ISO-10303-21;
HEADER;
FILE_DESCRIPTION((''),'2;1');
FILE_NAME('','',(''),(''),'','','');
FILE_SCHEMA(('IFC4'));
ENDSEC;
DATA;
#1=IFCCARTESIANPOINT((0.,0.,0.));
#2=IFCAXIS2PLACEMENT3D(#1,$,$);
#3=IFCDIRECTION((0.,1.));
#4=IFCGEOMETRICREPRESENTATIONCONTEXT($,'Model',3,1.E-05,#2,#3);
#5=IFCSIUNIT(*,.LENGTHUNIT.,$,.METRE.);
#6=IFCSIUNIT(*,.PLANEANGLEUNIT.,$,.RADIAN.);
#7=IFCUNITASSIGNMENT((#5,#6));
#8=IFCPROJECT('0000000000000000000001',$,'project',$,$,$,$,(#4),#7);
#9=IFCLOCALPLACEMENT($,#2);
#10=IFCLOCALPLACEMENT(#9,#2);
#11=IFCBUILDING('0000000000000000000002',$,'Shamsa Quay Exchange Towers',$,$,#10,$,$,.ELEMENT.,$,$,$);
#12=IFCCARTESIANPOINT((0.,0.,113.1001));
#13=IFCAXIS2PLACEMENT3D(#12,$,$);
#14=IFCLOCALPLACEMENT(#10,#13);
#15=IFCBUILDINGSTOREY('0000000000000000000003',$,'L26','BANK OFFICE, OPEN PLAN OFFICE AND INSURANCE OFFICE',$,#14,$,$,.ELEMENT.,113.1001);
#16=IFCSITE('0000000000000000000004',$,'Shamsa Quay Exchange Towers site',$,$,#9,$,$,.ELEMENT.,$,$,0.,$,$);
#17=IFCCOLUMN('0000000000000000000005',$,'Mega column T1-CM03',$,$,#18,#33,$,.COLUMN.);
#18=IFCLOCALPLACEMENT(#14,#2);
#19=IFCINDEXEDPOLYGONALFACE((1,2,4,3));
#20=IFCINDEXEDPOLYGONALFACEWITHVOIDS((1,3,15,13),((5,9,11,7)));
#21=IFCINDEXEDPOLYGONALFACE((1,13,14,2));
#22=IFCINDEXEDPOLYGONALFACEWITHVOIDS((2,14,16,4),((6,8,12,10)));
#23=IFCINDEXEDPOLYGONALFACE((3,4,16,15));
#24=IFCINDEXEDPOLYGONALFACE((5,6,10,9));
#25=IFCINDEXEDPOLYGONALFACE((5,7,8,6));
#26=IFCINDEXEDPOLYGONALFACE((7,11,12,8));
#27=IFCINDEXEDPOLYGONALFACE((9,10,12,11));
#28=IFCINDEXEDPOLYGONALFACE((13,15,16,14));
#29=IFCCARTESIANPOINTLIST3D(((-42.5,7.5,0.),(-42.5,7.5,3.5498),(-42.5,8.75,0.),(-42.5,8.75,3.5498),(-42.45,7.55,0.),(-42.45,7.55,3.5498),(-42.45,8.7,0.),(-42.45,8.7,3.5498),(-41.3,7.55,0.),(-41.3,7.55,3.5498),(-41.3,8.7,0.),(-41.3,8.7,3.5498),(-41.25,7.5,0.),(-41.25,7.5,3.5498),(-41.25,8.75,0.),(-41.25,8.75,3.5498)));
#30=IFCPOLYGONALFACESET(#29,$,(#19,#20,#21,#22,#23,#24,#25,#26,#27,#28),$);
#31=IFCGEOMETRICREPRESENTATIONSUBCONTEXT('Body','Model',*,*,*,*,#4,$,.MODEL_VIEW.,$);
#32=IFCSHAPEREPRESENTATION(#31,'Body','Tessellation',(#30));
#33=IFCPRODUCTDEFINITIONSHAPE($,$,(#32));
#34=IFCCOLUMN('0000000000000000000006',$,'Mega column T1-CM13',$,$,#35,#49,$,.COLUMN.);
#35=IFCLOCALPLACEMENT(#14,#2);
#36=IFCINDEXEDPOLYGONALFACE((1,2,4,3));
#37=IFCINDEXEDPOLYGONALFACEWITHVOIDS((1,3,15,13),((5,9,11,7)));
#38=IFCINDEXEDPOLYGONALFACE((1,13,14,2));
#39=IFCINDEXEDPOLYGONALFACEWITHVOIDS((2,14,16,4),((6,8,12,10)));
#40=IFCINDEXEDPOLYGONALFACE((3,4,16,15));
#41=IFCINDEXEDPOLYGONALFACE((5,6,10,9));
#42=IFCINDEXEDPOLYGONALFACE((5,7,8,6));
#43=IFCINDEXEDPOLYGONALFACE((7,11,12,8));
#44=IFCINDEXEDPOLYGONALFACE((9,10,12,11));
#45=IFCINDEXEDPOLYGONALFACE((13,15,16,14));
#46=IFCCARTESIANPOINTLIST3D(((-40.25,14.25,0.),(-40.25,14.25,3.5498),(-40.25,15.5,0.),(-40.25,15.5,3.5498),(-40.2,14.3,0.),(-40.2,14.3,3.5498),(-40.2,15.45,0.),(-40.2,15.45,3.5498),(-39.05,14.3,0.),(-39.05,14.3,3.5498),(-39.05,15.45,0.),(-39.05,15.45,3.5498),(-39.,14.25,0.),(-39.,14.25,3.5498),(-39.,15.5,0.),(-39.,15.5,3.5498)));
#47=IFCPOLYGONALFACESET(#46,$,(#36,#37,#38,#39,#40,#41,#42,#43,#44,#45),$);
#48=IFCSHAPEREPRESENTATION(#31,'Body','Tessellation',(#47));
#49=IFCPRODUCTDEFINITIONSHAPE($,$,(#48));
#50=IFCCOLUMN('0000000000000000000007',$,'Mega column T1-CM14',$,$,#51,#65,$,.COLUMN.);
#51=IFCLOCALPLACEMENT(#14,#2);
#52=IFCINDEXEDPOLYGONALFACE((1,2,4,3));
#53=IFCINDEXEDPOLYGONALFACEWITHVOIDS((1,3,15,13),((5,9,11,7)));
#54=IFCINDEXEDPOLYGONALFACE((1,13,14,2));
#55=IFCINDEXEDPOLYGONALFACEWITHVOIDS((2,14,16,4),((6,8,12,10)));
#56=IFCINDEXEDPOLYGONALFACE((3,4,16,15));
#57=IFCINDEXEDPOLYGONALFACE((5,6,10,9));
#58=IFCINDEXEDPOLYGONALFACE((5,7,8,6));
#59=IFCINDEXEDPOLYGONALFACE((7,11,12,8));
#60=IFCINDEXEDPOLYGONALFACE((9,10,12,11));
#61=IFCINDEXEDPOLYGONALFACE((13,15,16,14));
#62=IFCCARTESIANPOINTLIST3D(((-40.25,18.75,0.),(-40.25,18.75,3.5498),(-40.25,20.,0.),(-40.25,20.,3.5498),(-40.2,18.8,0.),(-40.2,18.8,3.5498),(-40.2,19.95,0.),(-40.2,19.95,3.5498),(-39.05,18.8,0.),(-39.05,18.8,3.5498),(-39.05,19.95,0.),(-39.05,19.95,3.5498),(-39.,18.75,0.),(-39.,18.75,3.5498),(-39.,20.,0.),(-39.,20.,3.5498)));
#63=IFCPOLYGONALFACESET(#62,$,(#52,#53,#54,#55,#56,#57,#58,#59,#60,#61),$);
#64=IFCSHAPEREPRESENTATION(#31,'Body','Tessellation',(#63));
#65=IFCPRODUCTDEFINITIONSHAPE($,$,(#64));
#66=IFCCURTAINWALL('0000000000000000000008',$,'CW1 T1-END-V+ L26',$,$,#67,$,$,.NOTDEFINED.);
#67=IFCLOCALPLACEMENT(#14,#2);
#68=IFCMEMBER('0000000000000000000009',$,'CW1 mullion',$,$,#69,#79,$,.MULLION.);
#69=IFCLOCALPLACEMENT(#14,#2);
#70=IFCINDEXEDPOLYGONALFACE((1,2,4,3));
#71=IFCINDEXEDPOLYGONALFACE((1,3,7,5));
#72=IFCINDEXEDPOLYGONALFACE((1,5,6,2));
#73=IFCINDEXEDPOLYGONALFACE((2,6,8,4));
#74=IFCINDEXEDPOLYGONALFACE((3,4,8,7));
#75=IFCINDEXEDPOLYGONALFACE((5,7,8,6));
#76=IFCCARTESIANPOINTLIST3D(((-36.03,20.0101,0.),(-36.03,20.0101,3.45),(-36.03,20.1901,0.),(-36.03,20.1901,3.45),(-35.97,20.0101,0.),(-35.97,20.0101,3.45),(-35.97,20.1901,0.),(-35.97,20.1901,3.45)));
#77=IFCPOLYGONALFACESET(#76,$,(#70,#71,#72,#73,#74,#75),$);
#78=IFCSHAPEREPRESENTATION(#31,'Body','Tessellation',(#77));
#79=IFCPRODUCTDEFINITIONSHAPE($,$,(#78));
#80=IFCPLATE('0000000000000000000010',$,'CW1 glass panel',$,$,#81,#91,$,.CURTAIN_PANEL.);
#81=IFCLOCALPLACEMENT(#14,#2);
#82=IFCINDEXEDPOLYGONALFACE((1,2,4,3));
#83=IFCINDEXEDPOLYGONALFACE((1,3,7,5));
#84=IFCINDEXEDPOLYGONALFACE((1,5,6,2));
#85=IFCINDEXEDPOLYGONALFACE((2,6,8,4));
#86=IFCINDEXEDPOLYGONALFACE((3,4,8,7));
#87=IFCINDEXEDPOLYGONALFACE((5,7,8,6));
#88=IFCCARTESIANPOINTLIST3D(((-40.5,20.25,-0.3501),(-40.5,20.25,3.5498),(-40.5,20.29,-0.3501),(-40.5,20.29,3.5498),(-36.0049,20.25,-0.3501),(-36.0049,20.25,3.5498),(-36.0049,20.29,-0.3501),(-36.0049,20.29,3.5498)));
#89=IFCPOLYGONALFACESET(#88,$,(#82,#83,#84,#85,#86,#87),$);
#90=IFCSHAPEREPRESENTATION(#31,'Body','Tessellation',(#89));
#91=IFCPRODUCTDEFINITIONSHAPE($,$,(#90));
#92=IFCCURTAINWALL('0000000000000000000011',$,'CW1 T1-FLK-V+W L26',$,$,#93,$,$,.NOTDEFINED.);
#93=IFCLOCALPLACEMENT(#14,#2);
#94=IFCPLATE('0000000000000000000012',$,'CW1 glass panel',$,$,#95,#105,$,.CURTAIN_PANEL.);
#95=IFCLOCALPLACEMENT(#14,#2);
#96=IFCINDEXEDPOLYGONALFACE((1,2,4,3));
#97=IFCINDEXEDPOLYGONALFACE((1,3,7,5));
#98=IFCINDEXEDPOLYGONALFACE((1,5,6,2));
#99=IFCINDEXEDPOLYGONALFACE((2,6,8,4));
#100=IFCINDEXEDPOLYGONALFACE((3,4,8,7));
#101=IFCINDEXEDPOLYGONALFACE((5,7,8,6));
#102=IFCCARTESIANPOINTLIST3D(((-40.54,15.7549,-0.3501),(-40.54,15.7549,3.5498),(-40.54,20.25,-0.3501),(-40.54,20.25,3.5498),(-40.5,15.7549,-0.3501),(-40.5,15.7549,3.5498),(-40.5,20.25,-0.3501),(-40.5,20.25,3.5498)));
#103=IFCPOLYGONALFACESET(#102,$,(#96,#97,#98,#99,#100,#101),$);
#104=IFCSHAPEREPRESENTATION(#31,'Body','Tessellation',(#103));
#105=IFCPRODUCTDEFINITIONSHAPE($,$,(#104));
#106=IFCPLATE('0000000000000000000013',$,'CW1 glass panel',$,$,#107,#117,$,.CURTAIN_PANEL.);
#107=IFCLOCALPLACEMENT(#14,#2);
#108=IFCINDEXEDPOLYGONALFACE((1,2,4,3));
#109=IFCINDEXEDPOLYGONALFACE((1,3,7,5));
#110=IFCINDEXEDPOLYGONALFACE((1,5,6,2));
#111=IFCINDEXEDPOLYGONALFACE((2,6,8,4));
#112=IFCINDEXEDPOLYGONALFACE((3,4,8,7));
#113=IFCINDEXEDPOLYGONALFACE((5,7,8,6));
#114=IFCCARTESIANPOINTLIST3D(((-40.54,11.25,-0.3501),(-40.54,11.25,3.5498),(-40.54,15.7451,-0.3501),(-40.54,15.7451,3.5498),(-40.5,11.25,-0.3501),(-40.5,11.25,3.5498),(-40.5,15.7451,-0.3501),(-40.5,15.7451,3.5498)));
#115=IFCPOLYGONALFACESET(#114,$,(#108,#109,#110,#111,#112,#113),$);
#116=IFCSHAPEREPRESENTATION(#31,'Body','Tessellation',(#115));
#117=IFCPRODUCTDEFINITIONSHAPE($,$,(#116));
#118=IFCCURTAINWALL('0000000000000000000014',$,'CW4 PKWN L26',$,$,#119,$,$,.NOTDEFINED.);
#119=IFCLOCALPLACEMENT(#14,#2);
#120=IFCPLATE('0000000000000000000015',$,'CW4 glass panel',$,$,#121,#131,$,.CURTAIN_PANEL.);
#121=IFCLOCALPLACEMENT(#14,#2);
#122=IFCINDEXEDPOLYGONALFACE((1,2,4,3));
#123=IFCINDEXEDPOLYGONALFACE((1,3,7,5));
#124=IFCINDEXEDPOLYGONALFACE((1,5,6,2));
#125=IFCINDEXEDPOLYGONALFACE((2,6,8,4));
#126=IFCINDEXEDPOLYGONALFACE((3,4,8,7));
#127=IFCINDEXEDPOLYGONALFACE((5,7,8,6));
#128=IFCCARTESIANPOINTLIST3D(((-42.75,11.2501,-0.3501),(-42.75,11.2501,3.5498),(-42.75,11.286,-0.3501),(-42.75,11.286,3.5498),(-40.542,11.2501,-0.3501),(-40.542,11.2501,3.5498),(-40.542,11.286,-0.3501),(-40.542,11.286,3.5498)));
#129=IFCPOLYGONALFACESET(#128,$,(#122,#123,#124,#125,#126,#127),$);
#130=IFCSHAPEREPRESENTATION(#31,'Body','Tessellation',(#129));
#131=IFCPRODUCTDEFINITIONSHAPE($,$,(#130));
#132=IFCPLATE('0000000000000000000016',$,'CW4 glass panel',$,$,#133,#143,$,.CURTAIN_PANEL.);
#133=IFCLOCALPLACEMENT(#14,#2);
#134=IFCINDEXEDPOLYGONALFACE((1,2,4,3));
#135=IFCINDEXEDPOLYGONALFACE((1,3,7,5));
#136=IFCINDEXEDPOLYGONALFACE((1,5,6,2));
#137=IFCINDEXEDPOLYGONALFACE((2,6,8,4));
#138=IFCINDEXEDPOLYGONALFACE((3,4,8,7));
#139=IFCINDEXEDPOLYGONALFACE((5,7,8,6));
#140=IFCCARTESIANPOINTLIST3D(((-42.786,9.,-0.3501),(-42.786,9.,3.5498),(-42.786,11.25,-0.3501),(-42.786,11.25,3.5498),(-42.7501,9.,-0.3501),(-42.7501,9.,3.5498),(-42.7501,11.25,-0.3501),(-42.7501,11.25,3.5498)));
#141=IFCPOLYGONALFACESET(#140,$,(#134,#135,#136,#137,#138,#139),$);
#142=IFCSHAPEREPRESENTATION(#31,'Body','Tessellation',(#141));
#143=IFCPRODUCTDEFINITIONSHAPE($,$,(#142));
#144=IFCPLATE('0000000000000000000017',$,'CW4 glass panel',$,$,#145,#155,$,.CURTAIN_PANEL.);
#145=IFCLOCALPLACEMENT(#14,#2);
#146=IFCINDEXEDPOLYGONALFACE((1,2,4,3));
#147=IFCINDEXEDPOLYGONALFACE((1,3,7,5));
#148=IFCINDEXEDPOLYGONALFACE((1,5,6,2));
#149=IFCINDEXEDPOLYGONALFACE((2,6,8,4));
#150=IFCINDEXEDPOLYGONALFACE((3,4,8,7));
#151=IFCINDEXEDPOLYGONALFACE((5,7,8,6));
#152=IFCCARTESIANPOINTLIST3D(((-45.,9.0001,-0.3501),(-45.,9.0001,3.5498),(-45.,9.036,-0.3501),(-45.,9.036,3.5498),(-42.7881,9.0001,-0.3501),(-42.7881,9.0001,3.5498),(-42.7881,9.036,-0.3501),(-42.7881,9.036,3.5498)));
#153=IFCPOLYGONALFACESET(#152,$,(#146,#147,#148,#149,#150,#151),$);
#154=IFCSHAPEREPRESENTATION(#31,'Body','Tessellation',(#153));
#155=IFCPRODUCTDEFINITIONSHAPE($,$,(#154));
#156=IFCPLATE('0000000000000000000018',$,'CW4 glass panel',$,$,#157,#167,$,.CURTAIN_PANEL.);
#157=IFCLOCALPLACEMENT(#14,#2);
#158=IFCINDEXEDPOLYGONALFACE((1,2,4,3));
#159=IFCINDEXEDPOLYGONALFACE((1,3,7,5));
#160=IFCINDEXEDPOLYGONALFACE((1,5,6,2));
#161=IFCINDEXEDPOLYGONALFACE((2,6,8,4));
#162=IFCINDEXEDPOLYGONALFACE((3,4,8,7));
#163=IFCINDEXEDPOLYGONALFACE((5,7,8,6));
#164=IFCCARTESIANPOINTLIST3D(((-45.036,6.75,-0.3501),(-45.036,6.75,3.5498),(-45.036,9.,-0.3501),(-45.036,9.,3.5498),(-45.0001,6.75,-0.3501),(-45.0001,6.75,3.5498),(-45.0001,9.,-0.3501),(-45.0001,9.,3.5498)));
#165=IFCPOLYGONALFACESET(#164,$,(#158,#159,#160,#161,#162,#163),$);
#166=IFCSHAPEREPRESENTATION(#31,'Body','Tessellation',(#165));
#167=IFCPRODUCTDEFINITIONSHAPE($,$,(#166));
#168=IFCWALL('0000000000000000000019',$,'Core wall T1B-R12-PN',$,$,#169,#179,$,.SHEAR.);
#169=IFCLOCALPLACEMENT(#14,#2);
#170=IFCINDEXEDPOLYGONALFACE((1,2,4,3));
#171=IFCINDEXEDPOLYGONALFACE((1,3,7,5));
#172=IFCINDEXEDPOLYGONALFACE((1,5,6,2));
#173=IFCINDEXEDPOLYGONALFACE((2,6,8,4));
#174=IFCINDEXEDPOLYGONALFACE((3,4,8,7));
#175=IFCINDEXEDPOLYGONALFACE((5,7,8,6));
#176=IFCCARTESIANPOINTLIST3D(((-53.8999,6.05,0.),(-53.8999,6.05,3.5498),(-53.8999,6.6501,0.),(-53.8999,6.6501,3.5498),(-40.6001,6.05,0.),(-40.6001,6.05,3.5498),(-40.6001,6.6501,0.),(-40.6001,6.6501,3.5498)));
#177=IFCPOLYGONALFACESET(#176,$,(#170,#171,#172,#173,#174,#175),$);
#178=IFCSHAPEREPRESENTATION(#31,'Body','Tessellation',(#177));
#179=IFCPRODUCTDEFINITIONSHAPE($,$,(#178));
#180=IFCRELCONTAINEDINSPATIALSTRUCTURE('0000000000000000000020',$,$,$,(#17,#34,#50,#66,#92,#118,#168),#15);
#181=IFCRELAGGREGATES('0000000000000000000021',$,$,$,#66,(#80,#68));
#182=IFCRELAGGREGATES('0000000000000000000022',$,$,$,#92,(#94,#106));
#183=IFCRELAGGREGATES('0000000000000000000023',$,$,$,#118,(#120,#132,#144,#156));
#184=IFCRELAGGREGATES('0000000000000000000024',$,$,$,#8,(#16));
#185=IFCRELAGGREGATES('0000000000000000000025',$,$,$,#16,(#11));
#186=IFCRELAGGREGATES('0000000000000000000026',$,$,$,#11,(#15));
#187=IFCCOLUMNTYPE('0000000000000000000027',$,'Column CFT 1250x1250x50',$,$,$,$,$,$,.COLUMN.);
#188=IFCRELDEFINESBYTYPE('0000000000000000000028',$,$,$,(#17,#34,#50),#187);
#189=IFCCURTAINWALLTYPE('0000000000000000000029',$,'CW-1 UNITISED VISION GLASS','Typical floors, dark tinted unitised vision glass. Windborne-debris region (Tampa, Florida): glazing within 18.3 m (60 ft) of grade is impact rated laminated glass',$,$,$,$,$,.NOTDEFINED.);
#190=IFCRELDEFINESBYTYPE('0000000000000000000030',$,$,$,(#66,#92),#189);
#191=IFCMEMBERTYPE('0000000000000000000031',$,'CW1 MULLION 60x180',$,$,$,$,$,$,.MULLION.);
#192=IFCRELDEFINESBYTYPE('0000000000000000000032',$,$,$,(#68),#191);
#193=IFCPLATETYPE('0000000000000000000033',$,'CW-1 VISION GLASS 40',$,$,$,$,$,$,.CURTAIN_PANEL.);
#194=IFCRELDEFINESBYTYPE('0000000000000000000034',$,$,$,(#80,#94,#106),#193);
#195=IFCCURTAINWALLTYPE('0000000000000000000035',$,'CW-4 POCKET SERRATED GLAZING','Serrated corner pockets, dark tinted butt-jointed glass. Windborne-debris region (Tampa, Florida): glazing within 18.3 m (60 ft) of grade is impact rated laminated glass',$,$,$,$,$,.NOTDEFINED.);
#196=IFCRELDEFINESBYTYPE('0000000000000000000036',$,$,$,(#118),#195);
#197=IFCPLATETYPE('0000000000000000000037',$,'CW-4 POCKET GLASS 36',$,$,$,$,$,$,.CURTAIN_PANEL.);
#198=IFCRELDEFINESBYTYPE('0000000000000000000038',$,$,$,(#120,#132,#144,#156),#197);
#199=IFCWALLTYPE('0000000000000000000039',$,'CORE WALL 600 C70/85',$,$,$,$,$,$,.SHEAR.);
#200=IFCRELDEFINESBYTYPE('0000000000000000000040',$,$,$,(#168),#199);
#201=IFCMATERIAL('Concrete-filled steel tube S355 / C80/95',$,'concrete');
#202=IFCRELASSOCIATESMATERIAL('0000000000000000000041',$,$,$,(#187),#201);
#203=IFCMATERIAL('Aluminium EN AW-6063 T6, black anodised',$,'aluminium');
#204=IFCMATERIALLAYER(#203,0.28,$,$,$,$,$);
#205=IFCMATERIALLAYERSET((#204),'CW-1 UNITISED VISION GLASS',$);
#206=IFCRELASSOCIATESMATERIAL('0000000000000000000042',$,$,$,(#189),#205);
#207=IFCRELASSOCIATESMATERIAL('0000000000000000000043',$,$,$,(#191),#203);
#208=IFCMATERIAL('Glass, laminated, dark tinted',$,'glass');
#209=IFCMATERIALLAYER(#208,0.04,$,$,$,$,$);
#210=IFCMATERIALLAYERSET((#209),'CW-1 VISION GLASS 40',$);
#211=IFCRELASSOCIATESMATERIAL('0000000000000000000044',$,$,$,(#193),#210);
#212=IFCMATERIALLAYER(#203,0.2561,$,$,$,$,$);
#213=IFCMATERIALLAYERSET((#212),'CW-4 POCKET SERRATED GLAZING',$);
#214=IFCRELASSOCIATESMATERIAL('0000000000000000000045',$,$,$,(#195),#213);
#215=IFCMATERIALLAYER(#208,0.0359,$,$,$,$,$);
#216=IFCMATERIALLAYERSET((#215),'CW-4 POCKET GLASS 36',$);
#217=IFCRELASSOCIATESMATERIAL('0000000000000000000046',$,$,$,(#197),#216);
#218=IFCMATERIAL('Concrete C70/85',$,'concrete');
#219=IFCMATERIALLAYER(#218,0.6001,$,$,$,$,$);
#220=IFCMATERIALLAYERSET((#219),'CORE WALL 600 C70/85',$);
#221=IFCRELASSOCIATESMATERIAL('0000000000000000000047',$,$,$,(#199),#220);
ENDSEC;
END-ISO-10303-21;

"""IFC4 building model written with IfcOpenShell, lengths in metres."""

from ifc_helpers import new_model, si_unit, direction, frame, frame_2d, origin, origin_2d, place, context, subcontext, project, spatial, rectangle, hollow_rectangle, extrude, material, layer, layer_set, material_profile, profile_set, type_object, element, aggregate, save


model = new_model("IFC4")

# Units and contexts
model_context = context("Model", 3, precision=1e-05, world=origin(), true_north=direction((0.0, 1.0)))
body_context = subcontext(model_context, "Body", "Model", "MODEL_VIEW")
ifc_project = project(units=[si_unit("LENGTHUNIT", "METRE"), si_unit("PLANEANGLEUNIT", "RADIAN")], contexts=[model_context])

# Site, building, storey
site_placement = place(None, origin())
site = spatial("IfcSite", under=ifc_project, at=site_placement, Name="Shamsa Quay Exchange Towers site", CompositionType="ELEMENT", RefElevation=0.0)
building_placement = place(site_placement, origin())
building = spatial("IfcBuilding", under=site, at=building_placement, Name="Shamsa Quay Exchange Towers", CompositionType="ELEMENT")
storey_placement = place(building_placement, frame((0.0, 0.0, 113.1001)))
storey = spatial("IfcBuildingStorey", under=building, at=storey_placement, Name="L26", Description="BANK OFFICE, OPEN PLAN OFFICE AND INSURANCE OFFICE", CompositionType="ELEMENT", Elevation=113.1001)

# Columns
ifc_material_1 = material(Name="Concrete-filled steel tube S355 / C80/95", Category="concrete")
ifc_material_profile_1 = material_profile(ifc_material_1, hollow_rectangle(XDim=1.25, YDim=1.25, WallThickness=0.05, at=origin_2d()), Name="CFT 1250x1250x50")
ifc_profile_set_1 = profile_set([ifc_material_profile_1], Name="Concrete-filled steel tube S355 / C80/95")
column_type = type_object("IfcColumnType", Name="Column CFT 1250x1250x50", PredefinedType="COLUMN", material=ifc_profile_set_1)
for number, where, name in (
    (1, (-41.875, 8.125, 0.0), "Mega column T1-CM03"),
    (2, (-39.625, 14.875, 0.0), "Mega column T1-CM13"),
    (3, (-39.625, 19.375, 0.0), "Mega column T1-CM14"),
):
    element("IfcColumn", number, at=place(storey_placement, frame(where)), inside=storey, type_object=column_type, Name=name, PredefinedType="COLUMN", context=body_context, shape_type="SweptSolid", body=[
        extrude(hollow_rectangle(XDim=1.25, YDim=1.25, WallThickness=0.05, at=origin_2d()), origin(), (0.0, 0.0, 1.0), 3.5498),
    ])

# Curtain wall, member, plate
ifc_material_2 = material(Name="Aluminium EN AW-6063 T6, black anodised", Category="aluminium")
ifc_layer_1 = layer(ifc_material_2, 0.28)
ifc_layer_set_1 = layer_set([ifc_layer_1], Name="CW-1 UNITISED VISION GLASS")
curtain_wall_type_1 = type_object("IfcCurtainWallType", Name="CW-1 UNITISED VISION GLASS", Description="Typical floors, dark tinted unitised vision glass. Windborne-debris region (Tampa, Florida): glazing within 18.3 m (60 ft) of grade is impact rated laminated glass", PredefinedType="NOTDEFINED", material=ifc_layer_set_1)
curtain_wall_1_placement = place(storey_placement, origin())
curtain_wall_1 = element("IfcCurtainWall", 4, at=curtain_wall_1_placement, inside=storey, type_object=curtain_wall_type_1, Name="CW1 T1-END-V+ L26", PredefinedType="NOTDEFINED")
ifc_material_profile_2 = material_profile(ifc_material_2, rectangle(XDim=0.1799, YDim=0.0601, at=origin_2d()), Name="MU60x180")
ifc_profile_set_2 = profile_set([ifc_material_profile_2], Name="Aluminium EN AW-6063 T6, black anodised")
member_type = type_object("IfcMemberType", Name="CW1 MULLION 60x180", PredefinedType="MULLION", material=ifc_profile_set_2)
member_placement = place(storey_placement, frame((-36.0, 20.1001, 0.0), z_axis=(0.0, 0.0, 1.0), x_axis=(0.0, -1.0, 0.0)))
member = element("IfcMember", 5, at=member_placement, type_object=member_type, Name="CW1 mullion", PredefinedType="MULLION", context=body_context, shape_type="SweptSolid", body=[
    extrude(rectangle(XDim=0.1799, YDim=0.0601, at=origin_2d()), origin(), (0.0, 0.0, 1.0), 3.45),
])
ifc_material_3 = material(Name="Glass, laminated, dark tinted", Category="glass")
ifc_layer_2 = layer(ifc_material_3, 0.04)
ifc_layer_set_2 = layer_set([ifc_layer_2], Name="CW-1 VISION GLASS 40")
plate_type_1 = type_object("IfcPlateType", Name="CW-1 VISION GLASS 40", PredefinedType="CURTAIN_PANEL", material=ifc_layer_set_2)
plate_1_placement = place(storey_placement, frame((-38.2524, 20.27, -0.3501), z_axis=(0.0, 0.0, 1.0), x_axis=(-1.0, 0.0, 0.0)))
plate_1 = element("IfcPlate", 6, at=plate_1_placement, type_object=plate_type_1, Name="CW1 glass panel", PredefinedType="CURTAIN_PANEL", context=body_context, shape_type="SweptSolid", body=[
    extrude(rectangle(XDim=4.4951, YDim=0.04, at=origin_2d()), origin(), (0.0, 0.0, 1.0), 3.8999),
])
aggregate(curtain_wall_1, [plate_1, member])

# Curtain walls, plates
curtain_wall_2_placement = place(storey_placement, origin())
curtain_wall_2 = element("IfcCurtainWall", 7, at=curtain_wall_2_placement, inside=storey, type_object=curtain_wall_type_1, Name="CW1 T1-FLK-V+W L26", PredefinedType="NOTDEFINED")
plate_2_placement = place(storey_placement, frame((-40.52, 18.0024, -0.3501), z_axis=(0.0, 0.0, 1.0), x_axis=(0.0, -1.0, 0.0)))
plate_2 = element("IfcPlate", 8, at=plate_2_placement, type_object=plate_type_1, Name="CW1 glass panel", PredefinedType="CURTAIN_PANEL", context=body_context, shape_type="SweptSolid", body=[
    extrude(rectangle(XDim=4.4951, YDim=0.04, at=origin_2d()), origin(), (0.0, 0.0, 1.0), 3.8999),
])
plate_3_placement = place(storey_placement, frame((-40.52, 13.4976, -0.3501), z_axis=(0.0, 0.0, 1.0), x_axis=(0.0, -1.0, 0.0)))
plate_3 = element("IfcPlate", 9, at=plate_3_placement, type_object=plate_type_1, Name="CW1 glass panel", PredefinedType="CURTAIN_PANEL", context=body_context, shape_type="SweptSolid", body=[
    extrude(rectangle(XDim=4.4951, YDim=0.04, at=origin_2d()), origin(), (0.0, 0.0, 1.0), 3.8999),
])
aggregate(curtain_wall_2, [plate_2, plate_3])
ifc_layer_3 = layer(ifc_material_2, 0.2561)
ifc_layer_set_3 = layer_set([ifc_layer_3], Name="CW-4 POCKET SERRATED GLAZING")
curtain_wall_type_2 = type_object("IfcCurtainWallType", Name="CW-4 POCKET SERRATED GLAZING", Description="Serrated corner pockets, dark tinted butt-jointed glass. Windborne-debris region (Tampa, Florida): glazing within 18.3 m (60 ft) of grade is impact rated laminated glass", PredefinedType="NOTDEFINED", material=ifc_layer_set_3)
curtain_wall_3_placement = place(storey_placement, origin())
curtain_wall_3 = element("IfcCurtainWall", 10, at=curtain_wall_3_placement, inside=storey, type_object=curtain_wall_type_2, Name="CW4 PKWN L26", PredefinedType="NOTDEFINED")
ifc_layer_4 = layer(ifc_material_3, 0.0359)
ifc_layer_set_4 = layer_set([ifc_layer_4], Name="CW-4 POCKET GLASS 36")
plate_type_2 = type_object("IfcPlateType", Name="CW-4 POCKET GLASS 36", PredefinedType="CURTAIN_PANEL", material=ifc_layer_set_4)
plate_4_placement = place(storey_placement, frame((-41.646, 11.2681, -0.3501), z_axis=(0.0, 0.0, 1.0), x_axis=(-1.0, 0.0, 0.0)))
plate_4 = element("IfcPlate", 11, at=plate_4_placement, type_object=plate_type_2, Name="CW4 glass panel", PredefinedType="CURTAIN_PANEL", context=body_context, shape_type="SweptSolid", body=[
    extrude(rectangle(XDim=2.208, YDim=0.0359, at=origin_2d()), origin(), (0.0, 0.0, 1.0), 3.8999),
])
plate_5_placement = place(storey_placement, frame((-42.7681, 10.125, -0.3501), z_axis=(0.0, 0.0, 1.0), x_axis=(0.0, -1.0, 0.0)))
plate_5 = element("IfcPlate", 12, at=plate_5_placement, type_object=plate_type_2, Name="CW4 glass panel", PredefinedType="CURTAIN_PANEL", context=body_context, shape_type="SweptSolid", body=[
    extrude(rectangle(XDim=2.25, YDim=0.0359, at=origin_2d()), origin(), (0.0, 0.0, 1.0), 3.8999),
])
plate_6_placement = place(storey_placement, frame((-43.894, 9.0181, -0.3501), z_axis=(0.0, 0.0, 1.0), x_axis=(-1.0, 0.0, 0.0)))
plate_6 = element("IfcPlate", 13, at=plate_6_placement, type_object=plate_type_2, Name="CW4 glass panel", PredefinedType="CURTAIN_PANEL", context=body_context, shape_type="SweptSolid", body=[
    extrude(rectangle(XDim=2.2119, YDim=0.0359, at=origin_2d()), origin(), (0.0, 0.0, 1.0), 3.8999),
])
plate_7_placement = place(storey_placement, frame((-45.0181, 7.875, -0.3501), z_axis=(0.0, 0.0, 1.0), x_axis=(0.0, -1.0, 0.0)))
plate_7 = element("IfcPlate", 14, at=plate_7_placement, type_object=plate_type_2, Name="CW4 glass panel", PredefinedType="CURTAIN_PANEL", context=body_context, shape_type="SweptSolid", body=[
    extrude(rectangle(XDim=2.25, YDim=0.0359, at=origin_2d()), origin(), (0.0, 0.0, 1.0), 3.8999),
])
aggregate(curtain_wall_3, [plate_4, plate_5, plate_6, plate_7])

# Wall
ifc_material_4 = material(Name="Concrete C70/85", Category="concrete")
ifc_layer_5 = layer(ifc_material_4, 0.6001)
ifc_layer_set_5 = layer_set([ifc_layer_5], Name="CORE WALL 600 C70/85")
wall_type_1 = type_object("IfcWallType", Name="CORE WALL 600 C70/85", PredefinedType="SHEAR", material=ifc_layer_set_5)
wall_1_placement = place(storey_placement, frame((-40.6001, 6.3501, 0.0), z_axis=(0.0, 0.0, 1.0), x_axis=(-1.0, 0.0, 0.0)))
element("IfcWall", 15, at=wall_1_placement, inside=storey, type_object=wall_type_1, Name="Core wall T1B-R12-PN", PredefinedType="SHEAR", context=body_context, shape_type="SweptSolid", body=[
    extrude(rectangle(XDim=13.2998, YDim=0.6001, at=frame_2d((6.6499, 0.0))), origin(), (0.0, 0.0, 1.0), 3.5498),
])

save(model, "model.ifc")
